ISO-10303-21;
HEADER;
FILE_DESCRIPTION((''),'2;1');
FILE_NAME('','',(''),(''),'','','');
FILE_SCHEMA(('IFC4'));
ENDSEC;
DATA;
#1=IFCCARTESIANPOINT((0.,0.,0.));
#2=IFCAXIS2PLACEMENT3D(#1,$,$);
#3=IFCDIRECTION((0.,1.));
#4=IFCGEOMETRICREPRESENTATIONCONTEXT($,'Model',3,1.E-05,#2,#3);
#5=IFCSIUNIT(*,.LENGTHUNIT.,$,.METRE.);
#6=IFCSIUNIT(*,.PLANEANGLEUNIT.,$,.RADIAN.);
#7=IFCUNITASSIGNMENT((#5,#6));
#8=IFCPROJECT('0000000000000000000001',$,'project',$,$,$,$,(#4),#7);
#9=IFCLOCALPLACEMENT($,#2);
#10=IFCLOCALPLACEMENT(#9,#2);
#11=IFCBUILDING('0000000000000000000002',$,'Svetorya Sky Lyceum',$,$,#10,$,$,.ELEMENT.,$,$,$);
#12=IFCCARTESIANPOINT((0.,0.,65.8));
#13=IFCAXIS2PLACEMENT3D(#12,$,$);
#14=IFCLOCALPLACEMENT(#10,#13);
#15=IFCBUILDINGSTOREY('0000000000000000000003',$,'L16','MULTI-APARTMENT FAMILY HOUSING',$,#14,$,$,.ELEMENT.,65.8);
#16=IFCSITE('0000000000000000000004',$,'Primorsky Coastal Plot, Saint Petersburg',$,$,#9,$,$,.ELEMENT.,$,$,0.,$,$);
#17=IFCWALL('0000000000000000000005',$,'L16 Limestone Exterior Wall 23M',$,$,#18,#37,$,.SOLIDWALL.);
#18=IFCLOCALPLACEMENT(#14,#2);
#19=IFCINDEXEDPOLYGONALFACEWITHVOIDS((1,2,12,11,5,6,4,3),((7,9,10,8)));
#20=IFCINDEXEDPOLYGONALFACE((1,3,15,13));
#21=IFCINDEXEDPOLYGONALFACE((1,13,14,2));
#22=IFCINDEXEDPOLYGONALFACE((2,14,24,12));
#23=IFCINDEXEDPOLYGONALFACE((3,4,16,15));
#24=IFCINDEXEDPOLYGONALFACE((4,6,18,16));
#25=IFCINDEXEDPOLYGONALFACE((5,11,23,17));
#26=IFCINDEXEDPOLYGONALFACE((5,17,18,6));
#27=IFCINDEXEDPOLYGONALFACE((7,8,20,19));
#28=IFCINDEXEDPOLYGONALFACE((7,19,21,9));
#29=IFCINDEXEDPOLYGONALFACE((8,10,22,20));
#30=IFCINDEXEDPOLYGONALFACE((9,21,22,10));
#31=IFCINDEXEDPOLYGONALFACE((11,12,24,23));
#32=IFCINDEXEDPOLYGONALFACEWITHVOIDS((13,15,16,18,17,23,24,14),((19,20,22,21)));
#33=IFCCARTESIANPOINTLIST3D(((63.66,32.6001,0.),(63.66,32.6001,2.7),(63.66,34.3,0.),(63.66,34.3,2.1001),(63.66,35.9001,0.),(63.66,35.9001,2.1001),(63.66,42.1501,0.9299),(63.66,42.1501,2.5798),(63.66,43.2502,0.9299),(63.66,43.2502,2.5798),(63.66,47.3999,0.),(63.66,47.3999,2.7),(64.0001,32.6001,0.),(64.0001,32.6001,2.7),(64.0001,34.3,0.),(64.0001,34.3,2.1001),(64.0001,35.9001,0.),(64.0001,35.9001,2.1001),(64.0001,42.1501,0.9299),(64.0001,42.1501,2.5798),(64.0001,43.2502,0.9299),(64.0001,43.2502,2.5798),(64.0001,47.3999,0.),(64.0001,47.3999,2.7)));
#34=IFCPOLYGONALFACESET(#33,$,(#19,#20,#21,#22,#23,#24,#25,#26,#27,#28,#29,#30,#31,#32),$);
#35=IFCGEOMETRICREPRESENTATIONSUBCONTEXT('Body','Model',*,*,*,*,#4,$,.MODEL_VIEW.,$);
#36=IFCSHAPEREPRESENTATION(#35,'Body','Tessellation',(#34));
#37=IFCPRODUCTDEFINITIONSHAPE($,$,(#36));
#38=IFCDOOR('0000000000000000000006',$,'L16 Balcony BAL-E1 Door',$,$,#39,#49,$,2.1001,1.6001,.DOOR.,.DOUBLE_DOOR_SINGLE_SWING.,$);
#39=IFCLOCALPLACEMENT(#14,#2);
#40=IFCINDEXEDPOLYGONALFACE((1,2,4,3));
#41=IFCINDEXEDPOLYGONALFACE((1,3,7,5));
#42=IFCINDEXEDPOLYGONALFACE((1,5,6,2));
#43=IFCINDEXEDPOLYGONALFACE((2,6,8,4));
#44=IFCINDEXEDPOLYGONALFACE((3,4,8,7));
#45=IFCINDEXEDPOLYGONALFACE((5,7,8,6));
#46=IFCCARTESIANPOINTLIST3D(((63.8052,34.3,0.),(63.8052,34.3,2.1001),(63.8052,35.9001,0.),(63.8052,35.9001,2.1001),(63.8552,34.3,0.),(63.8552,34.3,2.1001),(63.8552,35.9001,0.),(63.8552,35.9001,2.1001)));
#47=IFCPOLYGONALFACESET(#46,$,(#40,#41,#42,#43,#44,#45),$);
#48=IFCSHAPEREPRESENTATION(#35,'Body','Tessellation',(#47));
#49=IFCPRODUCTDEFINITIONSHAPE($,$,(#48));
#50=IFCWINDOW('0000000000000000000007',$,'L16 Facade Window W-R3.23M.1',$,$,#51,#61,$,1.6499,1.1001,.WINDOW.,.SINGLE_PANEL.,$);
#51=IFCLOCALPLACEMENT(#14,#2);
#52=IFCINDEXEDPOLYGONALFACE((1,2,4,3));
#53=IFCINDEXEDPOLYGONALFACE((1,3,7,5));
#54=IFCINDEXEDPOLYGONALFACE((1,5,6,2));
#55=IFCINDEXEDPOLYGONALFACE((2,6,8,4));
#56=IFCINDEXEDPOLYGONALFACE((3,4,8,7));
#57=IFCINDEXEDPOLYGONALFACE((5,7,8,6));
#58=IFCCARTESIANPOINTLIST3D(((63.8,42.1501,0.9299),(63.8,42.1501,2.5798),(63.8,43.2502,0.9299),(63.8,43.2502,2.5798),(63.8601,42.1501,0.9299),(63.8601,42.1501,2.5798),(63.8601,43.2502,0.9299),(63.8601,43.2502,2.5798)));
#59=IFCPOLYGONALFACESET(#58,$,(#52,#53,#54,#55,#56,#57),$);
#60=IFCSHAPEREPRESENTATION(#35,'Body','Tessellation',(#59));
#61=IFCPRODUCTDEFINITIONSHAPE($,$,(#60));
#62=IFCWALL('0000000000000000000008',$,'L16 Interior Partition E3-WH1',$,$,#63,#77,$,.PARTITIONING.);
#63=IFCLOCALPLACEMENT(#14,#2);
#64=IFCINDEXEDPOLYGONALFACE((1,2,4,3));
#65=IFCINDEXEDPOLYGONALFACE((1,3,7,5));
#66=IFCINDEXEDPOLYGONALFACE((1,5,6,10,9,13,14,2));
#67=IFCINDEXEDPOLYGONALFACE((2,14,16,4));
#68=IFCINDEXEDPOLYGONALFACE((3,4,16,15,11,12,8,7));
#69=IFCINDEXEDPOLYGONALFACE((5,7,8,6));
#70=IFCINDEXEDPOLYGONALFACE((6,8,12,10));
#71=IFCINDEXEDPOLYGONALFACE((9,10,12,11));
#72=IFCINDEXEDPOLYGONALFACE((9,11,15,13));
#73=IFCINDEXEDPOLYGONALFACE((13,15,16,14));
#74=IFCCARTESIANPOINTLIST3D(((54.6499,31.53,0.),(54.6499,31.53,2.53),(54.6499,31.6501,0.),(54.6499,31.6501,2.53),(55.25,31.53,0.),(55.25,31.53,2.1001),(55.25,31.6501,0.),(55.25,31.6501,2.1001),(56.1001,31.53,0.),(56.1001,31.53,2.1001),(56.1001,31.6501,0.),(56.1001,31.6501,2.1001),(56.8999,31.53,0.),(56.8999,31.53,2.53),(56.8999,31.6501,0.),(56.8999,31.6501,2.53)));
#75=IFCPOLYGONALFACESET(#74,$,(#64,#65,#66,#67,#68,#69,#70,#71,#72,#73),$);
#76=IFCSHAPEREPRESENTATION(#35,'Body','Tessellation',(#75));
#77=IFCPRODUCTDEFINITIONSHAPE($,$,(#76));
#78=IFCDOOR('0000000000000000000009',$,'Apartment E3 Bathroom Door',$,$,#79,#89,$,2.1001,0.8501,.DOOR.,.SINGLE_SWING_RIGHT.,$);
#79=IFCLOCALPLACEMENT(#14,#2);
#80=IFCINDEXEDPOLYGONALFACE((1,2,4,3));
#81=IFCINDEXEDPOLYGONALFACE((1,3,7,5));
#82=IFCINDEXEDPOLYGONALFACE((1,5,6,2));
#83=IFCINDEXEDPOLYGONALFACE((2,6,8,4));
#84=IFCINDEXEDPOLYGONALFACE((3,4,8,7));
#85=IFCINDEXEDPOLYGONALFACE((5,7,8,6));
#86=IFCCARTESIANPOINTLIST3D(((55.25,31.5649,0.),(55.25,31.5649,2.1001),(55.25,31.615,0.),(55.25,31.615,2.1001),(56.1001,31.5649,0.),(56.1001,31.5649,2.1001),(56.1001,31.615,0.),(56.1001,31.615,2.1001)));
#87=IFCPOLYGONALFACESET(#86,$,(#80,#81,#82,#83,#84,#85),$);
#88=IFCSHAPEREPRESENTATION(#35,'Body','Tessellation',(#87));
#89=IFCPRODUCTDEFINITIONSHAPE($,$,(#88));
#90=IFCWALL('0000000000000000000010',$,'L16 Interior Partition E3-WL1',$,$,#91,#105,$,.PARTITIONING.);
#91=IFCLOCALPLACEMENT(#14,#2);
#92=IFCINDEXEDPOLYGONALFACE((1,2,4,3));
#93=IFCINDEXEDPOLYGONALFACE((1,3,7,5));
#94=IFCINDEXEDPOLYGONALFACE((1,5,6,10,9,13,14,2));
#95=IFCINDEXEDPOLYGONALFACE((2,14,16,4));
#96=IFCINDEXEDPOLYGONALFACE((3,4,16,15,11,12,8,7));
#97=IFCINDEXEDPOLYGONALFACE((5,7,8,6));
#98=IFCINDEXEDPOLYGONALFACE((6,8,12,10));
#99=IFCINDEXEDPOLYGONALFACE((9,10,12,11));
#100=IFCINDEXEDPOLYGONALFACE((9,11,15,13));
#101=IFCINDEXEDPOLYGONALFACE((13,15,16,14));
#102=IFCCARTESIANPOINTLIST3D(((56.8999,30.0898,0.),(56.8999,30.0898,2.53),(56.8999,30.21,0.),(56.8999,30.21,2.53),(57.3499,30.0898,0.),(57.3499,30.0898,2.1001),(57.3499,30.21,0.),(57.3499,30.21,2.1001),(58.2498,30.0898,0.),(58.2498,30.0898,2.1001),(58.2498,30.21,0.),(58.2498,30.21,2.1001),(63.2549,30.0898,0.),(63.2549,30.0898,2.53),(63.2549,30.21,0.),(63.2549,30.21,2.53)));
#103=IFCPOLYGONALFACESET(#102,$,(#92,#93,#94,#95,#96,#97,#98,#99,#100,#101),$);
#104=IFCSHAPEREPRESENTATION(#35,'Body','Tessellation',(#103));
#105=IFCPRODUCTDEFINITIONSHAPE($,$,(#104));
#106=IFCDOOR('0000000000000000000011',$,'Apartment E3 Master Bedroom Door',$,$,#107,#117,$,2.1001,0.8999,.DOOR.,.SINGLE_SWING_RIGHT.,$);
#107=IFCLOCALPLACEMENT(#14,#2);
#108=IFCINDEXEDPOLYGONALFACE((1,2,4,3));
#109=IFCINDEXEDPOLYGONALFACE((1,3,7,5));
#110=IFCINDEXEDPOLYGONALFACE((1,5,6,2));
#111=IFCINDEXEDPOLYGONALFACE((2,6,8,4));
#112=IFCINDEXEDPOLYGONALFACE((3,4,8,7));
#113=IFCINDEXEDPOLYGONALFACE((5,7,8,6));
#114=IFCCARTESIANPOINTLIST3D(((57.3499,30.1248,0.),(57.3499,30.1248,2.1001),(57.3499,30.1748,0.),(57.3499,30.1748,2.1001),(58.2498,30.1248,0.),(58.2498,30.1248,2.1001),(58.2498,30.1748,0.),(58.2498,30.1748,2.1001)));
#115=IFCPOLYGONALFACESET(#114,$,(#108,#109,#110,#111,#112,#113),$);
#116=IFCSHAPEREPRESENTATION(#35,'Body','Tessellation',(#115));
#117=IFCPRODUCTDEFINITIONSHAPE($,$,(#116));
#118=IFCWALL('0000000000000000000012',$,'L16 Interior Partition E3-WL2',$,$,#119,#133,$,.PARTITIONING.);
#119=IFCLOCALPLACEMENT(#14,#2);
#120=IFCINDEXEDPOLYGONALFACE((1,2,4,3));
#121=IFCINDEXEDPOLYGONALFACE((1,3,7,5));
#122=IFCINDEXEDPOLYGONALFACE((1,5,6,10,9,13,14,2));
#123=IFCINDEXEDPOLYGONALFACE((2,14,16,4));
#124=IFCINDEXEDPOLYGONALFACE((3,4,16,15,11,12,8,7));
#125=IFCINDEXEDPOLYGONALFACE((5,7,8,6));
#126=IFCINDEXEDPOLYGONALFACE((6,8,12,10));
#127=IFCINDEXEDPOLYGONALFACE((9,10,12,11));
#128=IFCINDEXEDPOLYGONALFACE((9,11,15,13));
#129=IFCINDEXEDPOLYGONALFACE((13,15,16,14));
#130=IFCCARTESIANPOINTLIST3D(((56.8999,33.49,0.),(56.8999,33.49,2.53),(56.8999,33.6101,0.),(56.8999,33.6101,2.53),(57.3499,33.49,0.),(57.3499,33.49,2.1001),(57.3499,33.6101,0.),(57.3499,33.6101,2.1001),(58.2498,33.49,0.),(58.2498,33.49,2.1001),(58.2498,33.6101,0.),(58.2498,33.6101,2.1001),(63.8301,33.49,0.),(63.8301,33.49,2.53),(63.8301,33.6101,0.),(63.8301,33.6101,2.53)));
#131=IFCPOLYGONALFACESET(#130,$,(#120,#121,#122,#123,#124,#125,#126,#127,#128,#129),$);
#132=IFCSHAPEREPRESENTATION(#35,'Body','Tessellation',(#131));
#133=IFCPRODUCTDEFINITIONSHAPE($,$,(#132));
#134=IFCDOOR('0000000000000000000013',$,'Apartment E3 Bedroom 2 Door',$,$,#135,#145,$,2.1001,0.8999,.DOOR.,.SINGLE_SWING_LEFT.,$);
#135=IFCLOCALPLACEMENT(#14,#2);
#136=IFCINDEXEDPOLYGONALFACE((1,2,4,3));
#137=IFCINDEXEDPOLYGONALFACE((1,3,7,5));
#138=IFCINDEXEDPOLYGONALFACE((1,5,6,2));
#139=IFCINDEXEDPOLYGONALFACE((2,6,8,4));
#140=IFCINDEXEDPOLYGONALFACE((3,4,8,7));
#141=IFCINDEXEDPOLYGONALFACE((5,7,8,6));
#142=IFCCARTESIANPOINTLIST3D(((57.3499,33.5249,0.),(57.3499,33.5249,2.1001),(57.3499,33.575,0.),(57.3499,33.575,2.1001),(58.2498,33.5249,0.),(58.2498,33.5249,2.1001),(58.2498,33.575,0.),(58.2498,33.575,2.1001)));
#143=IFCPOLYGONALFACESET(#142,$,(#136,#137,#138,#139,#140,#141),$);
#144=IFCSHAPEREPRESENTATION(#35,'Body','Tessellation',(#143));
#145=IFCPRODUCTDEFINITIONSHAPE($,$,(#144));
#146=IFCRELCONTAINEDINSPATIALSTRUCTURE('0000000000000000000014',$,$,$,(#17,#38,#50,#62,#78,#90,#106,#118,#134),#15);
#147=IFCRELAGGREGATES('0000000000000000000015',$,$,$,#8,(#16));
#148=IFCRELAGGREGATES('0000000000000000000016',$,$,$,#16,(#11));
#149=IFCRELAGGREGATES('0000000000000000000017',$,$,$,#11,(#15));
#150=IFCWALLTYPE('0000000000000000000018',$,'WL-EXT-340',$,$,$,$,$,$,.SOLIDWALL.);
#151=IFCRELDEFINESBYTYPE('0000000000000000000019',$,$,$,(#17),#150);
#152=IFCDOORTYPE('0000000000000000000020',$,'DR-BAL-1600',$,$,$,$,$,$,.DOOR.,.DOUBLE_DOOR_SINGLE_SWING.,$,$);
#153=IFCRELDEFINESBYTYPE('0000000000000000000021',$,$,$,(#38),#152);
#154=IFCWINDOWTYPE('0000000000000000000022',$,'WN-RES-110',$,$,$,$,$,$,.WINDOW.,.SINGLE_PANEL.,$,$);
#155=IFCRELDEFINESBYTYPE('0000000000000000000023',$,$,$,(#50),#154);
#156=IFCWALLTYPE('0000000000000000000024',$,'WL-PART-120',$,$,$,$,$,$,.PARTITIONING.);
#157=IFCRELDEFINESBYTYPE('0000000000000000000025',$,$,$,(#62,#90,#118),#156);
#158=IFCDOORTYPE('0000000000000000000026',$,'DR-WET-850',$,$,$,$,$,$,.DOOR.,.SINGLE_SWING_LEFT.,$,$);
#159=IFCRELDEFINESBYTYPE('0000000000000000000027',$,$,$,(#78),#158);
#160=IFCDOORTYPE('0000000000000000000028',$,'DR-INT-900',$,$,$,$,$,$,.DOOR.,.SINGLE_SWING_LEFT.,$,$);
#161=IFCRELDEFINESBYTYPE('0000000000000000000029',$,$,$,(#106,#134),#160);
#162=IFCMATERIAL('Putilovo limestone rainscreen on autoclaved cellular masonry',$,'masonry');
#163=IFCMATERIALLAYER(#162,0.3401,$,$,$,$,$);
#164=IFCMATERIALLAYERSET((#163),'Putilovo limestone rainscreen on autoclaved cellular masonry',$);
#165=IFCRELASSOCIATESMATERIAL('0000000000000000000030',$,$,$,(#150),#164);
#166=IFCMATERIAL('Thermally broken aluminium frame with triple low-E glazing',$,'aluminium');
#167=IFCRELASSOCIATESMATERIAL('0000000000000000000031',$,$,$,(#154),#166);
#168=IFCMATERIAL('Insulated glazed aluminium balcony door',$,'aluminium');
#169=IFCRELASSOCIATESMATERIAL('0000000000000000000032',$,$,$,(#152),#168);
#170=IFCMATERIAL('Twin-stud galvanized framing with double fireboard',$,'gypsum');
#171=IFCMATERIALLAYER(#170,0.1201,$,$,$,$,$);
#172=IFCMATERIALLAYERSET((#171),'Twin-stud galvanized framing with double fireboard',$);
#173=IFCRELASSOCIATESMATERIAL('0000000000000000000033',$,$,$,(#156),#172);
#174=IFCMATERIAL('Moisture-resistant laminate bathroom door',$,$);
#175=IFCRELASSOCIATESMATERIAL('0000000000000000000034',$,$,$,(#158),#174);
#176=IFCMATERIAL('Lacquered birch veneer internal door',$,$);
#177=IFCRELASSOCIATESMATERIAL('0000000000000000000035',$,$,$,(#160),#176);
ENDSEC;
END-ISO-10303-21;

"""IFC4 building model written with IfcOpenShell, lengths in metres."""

from ifc_helpers import new_model, si_unit, direction, frame, frame_2d, origin, place, context, subcontext, project, spatial, rectangle, extrude, material, layer, layer_set, type_object, element, fill, save


model = new_model("IFC4")

# Units and contexts
model_context = context("Model", 3, precision=1e-05, world=origin(), true_north=direction((0.0, 1.0)))
body_context = subcontext(model_context, "Body", "Model", "MODEL_VIEW")
ifc_project = project(units=[si_unit("LENGTHUNIT", "METRE"), si_unit("PLANEANGLEUNIT", "RADIAN")], contexts=[model_context])

# Site, building, storey
site_placement = place(None, origin())
site = spatial("IfcSite", under=ifc_project, at=site_placement, Name="Primorsky Coastal Plot, Saint Petersburg", CompositionType="ELEMENT", RefElevation=0.0)
building_placement = place(site_placement, origin())
building = spatial("IfcBuilding", under=site, at=building_placement, Name="Svetorya Sky Lyceum", CompositionType="ELEMENT")
storey_placement = place(building_placement, frame((0.0, 0.0, 65.8)))
storey = spatial("IfcBuildingStorey", under=building, at=storey_placement, Name="L16", Description="MULTI-APARTMENT FAMILY HOUSING", CompositionType="ELEMENT", Elevation=65.8)

# Shared definitions
ifc_material_1 = material(Name="Putilovo limestone rainscreen on autoclaved cellular masonry", Category="masonry")
ifc_layer_1 = layer(ifc_material_1, 0.3401)
ifc_layer_set_1 = layer_set([ifc_layer_1], Name="Putilovo limestone rainscreen on autoclaved cellular masonry")
wall_type_1 = type_object("IfcWallType", Name="WL-EXT-340", PredefinedType="SOLIDWALL", material=ifc_layer_set_1)

# Shared definitions
ifc_material_2 = material(Name="Thermally broken aluminium frame with triple low-E glazing", Category="aluminium")
window_type = type_object("IfcWindowType", Name="WN-RES-110", PartitioningType="SINGLE_PANEL", PredefinedType="WINDOW", material=ifc_material_2)

# Wall, openings, door, window
wall_1_placement = place(storey_placement, frame((63.8301, 32.6001, 0.0), z_axis=(0.0, 0.0, 1.0), x_axis=(0.0, 1.0, 0.0)))
wall_1 = element("IfcWall", 1, at=wall_1_placement, inside=storey, type_object=wall_type_1, Name="L16 Limestone Exterior Wall 23M", PredefinedType="SOLIDWALL", context=body_context, shape_type="SweptSolid", body=[
    extrude(rectangle(XDim=14.7998, YDim=0.3401, at=frame_2d((7.3999, 0.0))), origin(), (0.0, 0.0, 1.0), 2.7),
])
opening_1_placement = place(wall_1_placement, frame((1.7, 0.0, 0.0)))
opening_1 = element("IfcOpeningElement", 2, at=opening_1_placement, cuts=wall_1, PredefinedType="OPENING", context=body_context, shape_type="SweptSolid", body=[
    extrude(rectangle(XDim=1.6001, YDim=2.1001, at=frame_2d((0.8, 1.05))), frame((0.0, 0.1799, 0.0), z_axis=(0.0, -1.0, 0.0), x_axis=(1.0, 0.0, 0.0)), (0.0, 0.0, 1.0), 0.3601),
])
opening_2_placement = place(wall_1_placement, frame((9.55, 0.0, 0.9299)))
opening_2 = element("IfcOpeningElement", 3, at=opening_2_placement, cuts=wall_1, PredefinedType="OPENING", context=body_context, shape_type="SweptSolid", body=[
    extrude(rectangle(XDim=1.1001, YDim=1.6499, at=frame_2d((0.55, 0.825))), frame((0.0, 0.1799, 0.0), z_axis=(0.0, -1.0, 0.0), x_axis=(1.0, 0.0, 0.0)), (0.0, 0.0, 1.0), 0.3601),
])
ifc_material_3 = material(Name="Insulated glazed aluminium balcony door", Category="aluminium")
door_type_1 = type_object("IfcDoorType", Name="DR-BAL-1600", OperationType="DOUBLE_DOOR_SINGLE_SWING", PredefinedType="DOOR", material=ifc_material_3)
door_1_placement = place(opening_1_placement, origin())
door_1 = element("IfcDoor", 4, at=door_1_placement, inside=storey, type_object=door_type_1, Name="L16 Balcony BAL-E1 Door", OperationType="DOUBLE_DOOR_SINGLE_SWING", OverallHeight=2.1001, OverallWidth=1.6001, PredefinedType="DOOR", context=body_context, shape_type="SweptSolid", body=[
    extrude(rectangle(XDim=1.6001, YDim=2.1001, at=frame_2d((0.8, 1.05))), frame((0.0, 0.0249, 0.0), z_axis=(0.0, -1.0, 0.0), x_axis=(1.0, 0.0, 0.0)), (0.0, 0.0, 1.0), 0.05),
])
fill(opening_1, door_1)
window_1_placement = place(opening_2_placement, origin())
window_1 = element("IfcWindow", 5, at=window_1_placement, inside=storey, type_object=window_type, Name="L16 Facade Window W-R3.23M.1", OverallHeight=1.6499, OverallWidth=1.1001, PartitioningType="SINGLE_PANEL", PredefinedType="WINDOW", context=body_context, shape_type="SweptSolid", body=[
    extrude(rectangle(XDim=1.1001, YDim=1.6499, at=frame_2d((0.55, 0.825))), frame((0.0, 0.03, 0.0), z_axis=(0.0, -1.0, 0.0), x_axis=(1.0, 0.0, 0.0)), (0.0, 0.0, 1.0), 0.0601),
])
fill(opening_2, window_1)

# Walls, openings, doors
ifc_material_4 = material(Name="Twin-stud galvanized framing with double fireboard", Category="gypsum")
ifc_layer_2 = layer(ifc_material_4, 0.1201)
ifc_layer_set_2 = layer_set([ifc_layer_2], Name="Twin-stud galvanized framing with double fireboard")
wall_type_2 = type_object("IfcWallType", Name="WL-PART-120", PredefinedType="PARTITIONING", material=ifc_layer_set_2)
wall_2_placement = place(storey_placement, frame((54.6499, 31.5901, 0.0), z_axis=(0.0, 0.0, 1.0), x_axis=(1.0, 0.0, 0.0)))
wall_2 = element("IfcWall", 6, at=wall_2_placement, inside=storey, type_object=wall_type_2, Name="L16 Interior Partition E3-WH1", PredefinedType="PARTITIONING", context=body_context, shape_type="SweptSolid", body=[
    extrude(rectangle(XDim=2.25, YDim=0.1201, at=frame_2d((1.125, 0.0))), origin(), (0.0, 0.0, 1.0), 2.53),
])
opening_3_placement = place(wall_2_placement, frame((0.6001, 0.0, 0.0)))
opening_3 = element("IfcOpeningElement", 7, at=opening_3_placement, cuts=wall_2, PredefinedType="OPENING", context=body_context, shape_type="SweptSolid", body=[
    extrude(rectangle(XDim=0.8501, YDim=2.1001, at=frame_2d((0.425, 1.05))), frame((0.0, 0.0701, 0.0), z_axis=(0.0, -1.0, 0.0), x_axis=(1.0, 0.0, 0.0)), (0.0, 0.0, 1.0), 0.1401),
])
ifc_material_5 = material(Name="Moisture-resistant laminate bathroom door")
door_type_2 = type_object("IfcDoorType", Name="DR-WET-850", OperationType="SINGLE_SWING_LEFT", PredefinedType="DOOR", material=ifc_material_5)
door_2_placement = place(opening_3_placement, origin())
door_2 = element("IfcDoor", 8, at=door_2_placement, inside=storey, type_object=door_type_2, Name="Apartment E3 Bathroom Door", OperationType="SINGLE_SWING_RIGHT", OverallHeight=2.1001, OverallWidth=0.8501, PredefinedType="DOOR", context=body_context, shape_type="SweptSolid", body=[
    extrude(rectangle(XDim=0.8501, YDim=2.1001, at=frame_2d((0.425, 1.05))), frame((0.0, 0.0249, 0.0), z_axis=(0.0, -1.0, 0.0), x_axis=(1.0, 0.0, 0.0)), (0.0, 0.0, 1.0), 0.05),
])
fill(opening_3, door_2)
wall_3_placement = place(storey_placement, frame((56.8999, 30.1499, 0.0), z_axis=(0.0, 0.0, 1.0), x_axis=(1.0, 0.0, 0.0)))
wall_3 = element("IfcWall", 9, at=wall_3_placement, inside=storey, type_object=wall_type_2, Name="L16 Interior Partition E3-WL1", PredefinedType="PARTITIONING", context=body_context, shape_type="SweptSolid", body=[
    extrude(rectangle(XDim=6.355, YDim=0.1201, at=frame_2d((3.1775, 0.0))), origin(), (0.0, 0.0, 1.0), 2.53),
])
opening_4_placement = place(wall_3_placement, frame((0.45, 0.0, 0.0)))
opening_4 = element("IfcOpeningElement", 10, at=opening_4_placement, cuts=wall_3, PredefinedType="OPENING", context=body_context, shape_type="SweptSolid", body=[
    extrude(rectangle(XDim=0.8999, YDim=2.1001, at=frame_2d((0.45, 1.05))), frame((0.0, 0.0701, 0.0), z_axis=(0.0, -1.0, 0.0), x_axis=(1.0, 0.0, 0.0)), (0.0, 0.0, 1.0), 0.1401),
])
ifc_material_6 = material(Name="Lacquered birch veneer internal door")
door_type_3 = type_object("IfcDoorType", Name="DR-INT-900", OperationType="SINGLE_SWING_LEFT", PredefinedType="DOOR", material=ifc_material_6)
door_3_placement = place(opening_4_placement, origin())
door_3 = element("IfcDoor", 11, at=door_3_placement, inside=storey, type_object=door_type_3, Name="Apartment E3 Master Bedroom Door", OperationType="SINGLE_SWING_RIGHT", OverallHeight=2.1001, OverallWidth=0.8999, PredefinedType="DOOR", context=body_context, shape_type="SweptSolid", body=[
    extrude(rectangle(XDim=0.8999, YDim=2.1001, at=frame_2d((0.45, 1.05))), frame((0.0, 0.0249, 0.0), z_axis=(0.0, -1.0, 0.0), x_axis=(1.0, 0.0, 0.0)), (0.0, 0.0, 1.0), 0.05),
])
fill(opening_4, door_3)
wall_4_placement = place(storey_placement, frame((56.8999, 33.55, 0.0), z_axis=(0.0, 0.0, 1.0), x_axis=(1.0, 0.0, 0.0)))
wall_4 = element("IfcWall", 12, at=wall_4_placement, inside=storey, type_object=wall_type_2, Name="L16 Interior Partition E3-WL2", PredefinedType="PARTITIONING", context=body_context, shape_type="SweptSolid", body=[
    extrude(rectangle(XDim=6.9302, YDim=0.1201, at=frame_2d((3.4651, 0.0))), origin(), (0.0, 0.0, 1.0), 2.53),
])
opening_5_placement = place(wall_4_placement, frame((0.45, 0.0, 0.0)))
opening_5 = element("IfcOpeningElement", 13, at=opening_5_placement, cuts=wall_4, PredefinedType="OPENING", context=body_context, shape_type="SweptSolid", body=[
    extrude(rectangle(XDim=0.8999, YDim=2.1001, at=frame_2d((0.45, 1.05))), frame((0.0, 0.0701, 0.0), z_axis=(0.0, -1.0, 0.0), x_axis=(1.0, 0.0, 0.0)), (0.0, 0.0, 1.0), 0.1401),
])
door_4_placement = place(opening_5_placement, origin())
door_4 = element("IfcDoor", 14, at=door_4_placement, inside=storey, type_object=door_type_3, Name="Apartment E3 Bedroom 2 Door", OperationType="SINGLE_SWING_LEFT", OverallHeight=2.1001, OverallWidth=0.8999, PredefinedType="DOOR", context=body_context, shape_type="SweptSolid", body=[
    extrude(rectangle(XDim=0.8999, YDim=2.1001, at=frame_2d((0.45, 1.05))), frame((0.0, 0.0249, 0.0), z_axis=(0.0, -1.0, 0.0), x_axis=(1.0, 0.0, 0.0)), (0.0, 0.0, 1.0), 0.05),
])
fill(opening_5, door_4)

save(model, "model.ifc")
